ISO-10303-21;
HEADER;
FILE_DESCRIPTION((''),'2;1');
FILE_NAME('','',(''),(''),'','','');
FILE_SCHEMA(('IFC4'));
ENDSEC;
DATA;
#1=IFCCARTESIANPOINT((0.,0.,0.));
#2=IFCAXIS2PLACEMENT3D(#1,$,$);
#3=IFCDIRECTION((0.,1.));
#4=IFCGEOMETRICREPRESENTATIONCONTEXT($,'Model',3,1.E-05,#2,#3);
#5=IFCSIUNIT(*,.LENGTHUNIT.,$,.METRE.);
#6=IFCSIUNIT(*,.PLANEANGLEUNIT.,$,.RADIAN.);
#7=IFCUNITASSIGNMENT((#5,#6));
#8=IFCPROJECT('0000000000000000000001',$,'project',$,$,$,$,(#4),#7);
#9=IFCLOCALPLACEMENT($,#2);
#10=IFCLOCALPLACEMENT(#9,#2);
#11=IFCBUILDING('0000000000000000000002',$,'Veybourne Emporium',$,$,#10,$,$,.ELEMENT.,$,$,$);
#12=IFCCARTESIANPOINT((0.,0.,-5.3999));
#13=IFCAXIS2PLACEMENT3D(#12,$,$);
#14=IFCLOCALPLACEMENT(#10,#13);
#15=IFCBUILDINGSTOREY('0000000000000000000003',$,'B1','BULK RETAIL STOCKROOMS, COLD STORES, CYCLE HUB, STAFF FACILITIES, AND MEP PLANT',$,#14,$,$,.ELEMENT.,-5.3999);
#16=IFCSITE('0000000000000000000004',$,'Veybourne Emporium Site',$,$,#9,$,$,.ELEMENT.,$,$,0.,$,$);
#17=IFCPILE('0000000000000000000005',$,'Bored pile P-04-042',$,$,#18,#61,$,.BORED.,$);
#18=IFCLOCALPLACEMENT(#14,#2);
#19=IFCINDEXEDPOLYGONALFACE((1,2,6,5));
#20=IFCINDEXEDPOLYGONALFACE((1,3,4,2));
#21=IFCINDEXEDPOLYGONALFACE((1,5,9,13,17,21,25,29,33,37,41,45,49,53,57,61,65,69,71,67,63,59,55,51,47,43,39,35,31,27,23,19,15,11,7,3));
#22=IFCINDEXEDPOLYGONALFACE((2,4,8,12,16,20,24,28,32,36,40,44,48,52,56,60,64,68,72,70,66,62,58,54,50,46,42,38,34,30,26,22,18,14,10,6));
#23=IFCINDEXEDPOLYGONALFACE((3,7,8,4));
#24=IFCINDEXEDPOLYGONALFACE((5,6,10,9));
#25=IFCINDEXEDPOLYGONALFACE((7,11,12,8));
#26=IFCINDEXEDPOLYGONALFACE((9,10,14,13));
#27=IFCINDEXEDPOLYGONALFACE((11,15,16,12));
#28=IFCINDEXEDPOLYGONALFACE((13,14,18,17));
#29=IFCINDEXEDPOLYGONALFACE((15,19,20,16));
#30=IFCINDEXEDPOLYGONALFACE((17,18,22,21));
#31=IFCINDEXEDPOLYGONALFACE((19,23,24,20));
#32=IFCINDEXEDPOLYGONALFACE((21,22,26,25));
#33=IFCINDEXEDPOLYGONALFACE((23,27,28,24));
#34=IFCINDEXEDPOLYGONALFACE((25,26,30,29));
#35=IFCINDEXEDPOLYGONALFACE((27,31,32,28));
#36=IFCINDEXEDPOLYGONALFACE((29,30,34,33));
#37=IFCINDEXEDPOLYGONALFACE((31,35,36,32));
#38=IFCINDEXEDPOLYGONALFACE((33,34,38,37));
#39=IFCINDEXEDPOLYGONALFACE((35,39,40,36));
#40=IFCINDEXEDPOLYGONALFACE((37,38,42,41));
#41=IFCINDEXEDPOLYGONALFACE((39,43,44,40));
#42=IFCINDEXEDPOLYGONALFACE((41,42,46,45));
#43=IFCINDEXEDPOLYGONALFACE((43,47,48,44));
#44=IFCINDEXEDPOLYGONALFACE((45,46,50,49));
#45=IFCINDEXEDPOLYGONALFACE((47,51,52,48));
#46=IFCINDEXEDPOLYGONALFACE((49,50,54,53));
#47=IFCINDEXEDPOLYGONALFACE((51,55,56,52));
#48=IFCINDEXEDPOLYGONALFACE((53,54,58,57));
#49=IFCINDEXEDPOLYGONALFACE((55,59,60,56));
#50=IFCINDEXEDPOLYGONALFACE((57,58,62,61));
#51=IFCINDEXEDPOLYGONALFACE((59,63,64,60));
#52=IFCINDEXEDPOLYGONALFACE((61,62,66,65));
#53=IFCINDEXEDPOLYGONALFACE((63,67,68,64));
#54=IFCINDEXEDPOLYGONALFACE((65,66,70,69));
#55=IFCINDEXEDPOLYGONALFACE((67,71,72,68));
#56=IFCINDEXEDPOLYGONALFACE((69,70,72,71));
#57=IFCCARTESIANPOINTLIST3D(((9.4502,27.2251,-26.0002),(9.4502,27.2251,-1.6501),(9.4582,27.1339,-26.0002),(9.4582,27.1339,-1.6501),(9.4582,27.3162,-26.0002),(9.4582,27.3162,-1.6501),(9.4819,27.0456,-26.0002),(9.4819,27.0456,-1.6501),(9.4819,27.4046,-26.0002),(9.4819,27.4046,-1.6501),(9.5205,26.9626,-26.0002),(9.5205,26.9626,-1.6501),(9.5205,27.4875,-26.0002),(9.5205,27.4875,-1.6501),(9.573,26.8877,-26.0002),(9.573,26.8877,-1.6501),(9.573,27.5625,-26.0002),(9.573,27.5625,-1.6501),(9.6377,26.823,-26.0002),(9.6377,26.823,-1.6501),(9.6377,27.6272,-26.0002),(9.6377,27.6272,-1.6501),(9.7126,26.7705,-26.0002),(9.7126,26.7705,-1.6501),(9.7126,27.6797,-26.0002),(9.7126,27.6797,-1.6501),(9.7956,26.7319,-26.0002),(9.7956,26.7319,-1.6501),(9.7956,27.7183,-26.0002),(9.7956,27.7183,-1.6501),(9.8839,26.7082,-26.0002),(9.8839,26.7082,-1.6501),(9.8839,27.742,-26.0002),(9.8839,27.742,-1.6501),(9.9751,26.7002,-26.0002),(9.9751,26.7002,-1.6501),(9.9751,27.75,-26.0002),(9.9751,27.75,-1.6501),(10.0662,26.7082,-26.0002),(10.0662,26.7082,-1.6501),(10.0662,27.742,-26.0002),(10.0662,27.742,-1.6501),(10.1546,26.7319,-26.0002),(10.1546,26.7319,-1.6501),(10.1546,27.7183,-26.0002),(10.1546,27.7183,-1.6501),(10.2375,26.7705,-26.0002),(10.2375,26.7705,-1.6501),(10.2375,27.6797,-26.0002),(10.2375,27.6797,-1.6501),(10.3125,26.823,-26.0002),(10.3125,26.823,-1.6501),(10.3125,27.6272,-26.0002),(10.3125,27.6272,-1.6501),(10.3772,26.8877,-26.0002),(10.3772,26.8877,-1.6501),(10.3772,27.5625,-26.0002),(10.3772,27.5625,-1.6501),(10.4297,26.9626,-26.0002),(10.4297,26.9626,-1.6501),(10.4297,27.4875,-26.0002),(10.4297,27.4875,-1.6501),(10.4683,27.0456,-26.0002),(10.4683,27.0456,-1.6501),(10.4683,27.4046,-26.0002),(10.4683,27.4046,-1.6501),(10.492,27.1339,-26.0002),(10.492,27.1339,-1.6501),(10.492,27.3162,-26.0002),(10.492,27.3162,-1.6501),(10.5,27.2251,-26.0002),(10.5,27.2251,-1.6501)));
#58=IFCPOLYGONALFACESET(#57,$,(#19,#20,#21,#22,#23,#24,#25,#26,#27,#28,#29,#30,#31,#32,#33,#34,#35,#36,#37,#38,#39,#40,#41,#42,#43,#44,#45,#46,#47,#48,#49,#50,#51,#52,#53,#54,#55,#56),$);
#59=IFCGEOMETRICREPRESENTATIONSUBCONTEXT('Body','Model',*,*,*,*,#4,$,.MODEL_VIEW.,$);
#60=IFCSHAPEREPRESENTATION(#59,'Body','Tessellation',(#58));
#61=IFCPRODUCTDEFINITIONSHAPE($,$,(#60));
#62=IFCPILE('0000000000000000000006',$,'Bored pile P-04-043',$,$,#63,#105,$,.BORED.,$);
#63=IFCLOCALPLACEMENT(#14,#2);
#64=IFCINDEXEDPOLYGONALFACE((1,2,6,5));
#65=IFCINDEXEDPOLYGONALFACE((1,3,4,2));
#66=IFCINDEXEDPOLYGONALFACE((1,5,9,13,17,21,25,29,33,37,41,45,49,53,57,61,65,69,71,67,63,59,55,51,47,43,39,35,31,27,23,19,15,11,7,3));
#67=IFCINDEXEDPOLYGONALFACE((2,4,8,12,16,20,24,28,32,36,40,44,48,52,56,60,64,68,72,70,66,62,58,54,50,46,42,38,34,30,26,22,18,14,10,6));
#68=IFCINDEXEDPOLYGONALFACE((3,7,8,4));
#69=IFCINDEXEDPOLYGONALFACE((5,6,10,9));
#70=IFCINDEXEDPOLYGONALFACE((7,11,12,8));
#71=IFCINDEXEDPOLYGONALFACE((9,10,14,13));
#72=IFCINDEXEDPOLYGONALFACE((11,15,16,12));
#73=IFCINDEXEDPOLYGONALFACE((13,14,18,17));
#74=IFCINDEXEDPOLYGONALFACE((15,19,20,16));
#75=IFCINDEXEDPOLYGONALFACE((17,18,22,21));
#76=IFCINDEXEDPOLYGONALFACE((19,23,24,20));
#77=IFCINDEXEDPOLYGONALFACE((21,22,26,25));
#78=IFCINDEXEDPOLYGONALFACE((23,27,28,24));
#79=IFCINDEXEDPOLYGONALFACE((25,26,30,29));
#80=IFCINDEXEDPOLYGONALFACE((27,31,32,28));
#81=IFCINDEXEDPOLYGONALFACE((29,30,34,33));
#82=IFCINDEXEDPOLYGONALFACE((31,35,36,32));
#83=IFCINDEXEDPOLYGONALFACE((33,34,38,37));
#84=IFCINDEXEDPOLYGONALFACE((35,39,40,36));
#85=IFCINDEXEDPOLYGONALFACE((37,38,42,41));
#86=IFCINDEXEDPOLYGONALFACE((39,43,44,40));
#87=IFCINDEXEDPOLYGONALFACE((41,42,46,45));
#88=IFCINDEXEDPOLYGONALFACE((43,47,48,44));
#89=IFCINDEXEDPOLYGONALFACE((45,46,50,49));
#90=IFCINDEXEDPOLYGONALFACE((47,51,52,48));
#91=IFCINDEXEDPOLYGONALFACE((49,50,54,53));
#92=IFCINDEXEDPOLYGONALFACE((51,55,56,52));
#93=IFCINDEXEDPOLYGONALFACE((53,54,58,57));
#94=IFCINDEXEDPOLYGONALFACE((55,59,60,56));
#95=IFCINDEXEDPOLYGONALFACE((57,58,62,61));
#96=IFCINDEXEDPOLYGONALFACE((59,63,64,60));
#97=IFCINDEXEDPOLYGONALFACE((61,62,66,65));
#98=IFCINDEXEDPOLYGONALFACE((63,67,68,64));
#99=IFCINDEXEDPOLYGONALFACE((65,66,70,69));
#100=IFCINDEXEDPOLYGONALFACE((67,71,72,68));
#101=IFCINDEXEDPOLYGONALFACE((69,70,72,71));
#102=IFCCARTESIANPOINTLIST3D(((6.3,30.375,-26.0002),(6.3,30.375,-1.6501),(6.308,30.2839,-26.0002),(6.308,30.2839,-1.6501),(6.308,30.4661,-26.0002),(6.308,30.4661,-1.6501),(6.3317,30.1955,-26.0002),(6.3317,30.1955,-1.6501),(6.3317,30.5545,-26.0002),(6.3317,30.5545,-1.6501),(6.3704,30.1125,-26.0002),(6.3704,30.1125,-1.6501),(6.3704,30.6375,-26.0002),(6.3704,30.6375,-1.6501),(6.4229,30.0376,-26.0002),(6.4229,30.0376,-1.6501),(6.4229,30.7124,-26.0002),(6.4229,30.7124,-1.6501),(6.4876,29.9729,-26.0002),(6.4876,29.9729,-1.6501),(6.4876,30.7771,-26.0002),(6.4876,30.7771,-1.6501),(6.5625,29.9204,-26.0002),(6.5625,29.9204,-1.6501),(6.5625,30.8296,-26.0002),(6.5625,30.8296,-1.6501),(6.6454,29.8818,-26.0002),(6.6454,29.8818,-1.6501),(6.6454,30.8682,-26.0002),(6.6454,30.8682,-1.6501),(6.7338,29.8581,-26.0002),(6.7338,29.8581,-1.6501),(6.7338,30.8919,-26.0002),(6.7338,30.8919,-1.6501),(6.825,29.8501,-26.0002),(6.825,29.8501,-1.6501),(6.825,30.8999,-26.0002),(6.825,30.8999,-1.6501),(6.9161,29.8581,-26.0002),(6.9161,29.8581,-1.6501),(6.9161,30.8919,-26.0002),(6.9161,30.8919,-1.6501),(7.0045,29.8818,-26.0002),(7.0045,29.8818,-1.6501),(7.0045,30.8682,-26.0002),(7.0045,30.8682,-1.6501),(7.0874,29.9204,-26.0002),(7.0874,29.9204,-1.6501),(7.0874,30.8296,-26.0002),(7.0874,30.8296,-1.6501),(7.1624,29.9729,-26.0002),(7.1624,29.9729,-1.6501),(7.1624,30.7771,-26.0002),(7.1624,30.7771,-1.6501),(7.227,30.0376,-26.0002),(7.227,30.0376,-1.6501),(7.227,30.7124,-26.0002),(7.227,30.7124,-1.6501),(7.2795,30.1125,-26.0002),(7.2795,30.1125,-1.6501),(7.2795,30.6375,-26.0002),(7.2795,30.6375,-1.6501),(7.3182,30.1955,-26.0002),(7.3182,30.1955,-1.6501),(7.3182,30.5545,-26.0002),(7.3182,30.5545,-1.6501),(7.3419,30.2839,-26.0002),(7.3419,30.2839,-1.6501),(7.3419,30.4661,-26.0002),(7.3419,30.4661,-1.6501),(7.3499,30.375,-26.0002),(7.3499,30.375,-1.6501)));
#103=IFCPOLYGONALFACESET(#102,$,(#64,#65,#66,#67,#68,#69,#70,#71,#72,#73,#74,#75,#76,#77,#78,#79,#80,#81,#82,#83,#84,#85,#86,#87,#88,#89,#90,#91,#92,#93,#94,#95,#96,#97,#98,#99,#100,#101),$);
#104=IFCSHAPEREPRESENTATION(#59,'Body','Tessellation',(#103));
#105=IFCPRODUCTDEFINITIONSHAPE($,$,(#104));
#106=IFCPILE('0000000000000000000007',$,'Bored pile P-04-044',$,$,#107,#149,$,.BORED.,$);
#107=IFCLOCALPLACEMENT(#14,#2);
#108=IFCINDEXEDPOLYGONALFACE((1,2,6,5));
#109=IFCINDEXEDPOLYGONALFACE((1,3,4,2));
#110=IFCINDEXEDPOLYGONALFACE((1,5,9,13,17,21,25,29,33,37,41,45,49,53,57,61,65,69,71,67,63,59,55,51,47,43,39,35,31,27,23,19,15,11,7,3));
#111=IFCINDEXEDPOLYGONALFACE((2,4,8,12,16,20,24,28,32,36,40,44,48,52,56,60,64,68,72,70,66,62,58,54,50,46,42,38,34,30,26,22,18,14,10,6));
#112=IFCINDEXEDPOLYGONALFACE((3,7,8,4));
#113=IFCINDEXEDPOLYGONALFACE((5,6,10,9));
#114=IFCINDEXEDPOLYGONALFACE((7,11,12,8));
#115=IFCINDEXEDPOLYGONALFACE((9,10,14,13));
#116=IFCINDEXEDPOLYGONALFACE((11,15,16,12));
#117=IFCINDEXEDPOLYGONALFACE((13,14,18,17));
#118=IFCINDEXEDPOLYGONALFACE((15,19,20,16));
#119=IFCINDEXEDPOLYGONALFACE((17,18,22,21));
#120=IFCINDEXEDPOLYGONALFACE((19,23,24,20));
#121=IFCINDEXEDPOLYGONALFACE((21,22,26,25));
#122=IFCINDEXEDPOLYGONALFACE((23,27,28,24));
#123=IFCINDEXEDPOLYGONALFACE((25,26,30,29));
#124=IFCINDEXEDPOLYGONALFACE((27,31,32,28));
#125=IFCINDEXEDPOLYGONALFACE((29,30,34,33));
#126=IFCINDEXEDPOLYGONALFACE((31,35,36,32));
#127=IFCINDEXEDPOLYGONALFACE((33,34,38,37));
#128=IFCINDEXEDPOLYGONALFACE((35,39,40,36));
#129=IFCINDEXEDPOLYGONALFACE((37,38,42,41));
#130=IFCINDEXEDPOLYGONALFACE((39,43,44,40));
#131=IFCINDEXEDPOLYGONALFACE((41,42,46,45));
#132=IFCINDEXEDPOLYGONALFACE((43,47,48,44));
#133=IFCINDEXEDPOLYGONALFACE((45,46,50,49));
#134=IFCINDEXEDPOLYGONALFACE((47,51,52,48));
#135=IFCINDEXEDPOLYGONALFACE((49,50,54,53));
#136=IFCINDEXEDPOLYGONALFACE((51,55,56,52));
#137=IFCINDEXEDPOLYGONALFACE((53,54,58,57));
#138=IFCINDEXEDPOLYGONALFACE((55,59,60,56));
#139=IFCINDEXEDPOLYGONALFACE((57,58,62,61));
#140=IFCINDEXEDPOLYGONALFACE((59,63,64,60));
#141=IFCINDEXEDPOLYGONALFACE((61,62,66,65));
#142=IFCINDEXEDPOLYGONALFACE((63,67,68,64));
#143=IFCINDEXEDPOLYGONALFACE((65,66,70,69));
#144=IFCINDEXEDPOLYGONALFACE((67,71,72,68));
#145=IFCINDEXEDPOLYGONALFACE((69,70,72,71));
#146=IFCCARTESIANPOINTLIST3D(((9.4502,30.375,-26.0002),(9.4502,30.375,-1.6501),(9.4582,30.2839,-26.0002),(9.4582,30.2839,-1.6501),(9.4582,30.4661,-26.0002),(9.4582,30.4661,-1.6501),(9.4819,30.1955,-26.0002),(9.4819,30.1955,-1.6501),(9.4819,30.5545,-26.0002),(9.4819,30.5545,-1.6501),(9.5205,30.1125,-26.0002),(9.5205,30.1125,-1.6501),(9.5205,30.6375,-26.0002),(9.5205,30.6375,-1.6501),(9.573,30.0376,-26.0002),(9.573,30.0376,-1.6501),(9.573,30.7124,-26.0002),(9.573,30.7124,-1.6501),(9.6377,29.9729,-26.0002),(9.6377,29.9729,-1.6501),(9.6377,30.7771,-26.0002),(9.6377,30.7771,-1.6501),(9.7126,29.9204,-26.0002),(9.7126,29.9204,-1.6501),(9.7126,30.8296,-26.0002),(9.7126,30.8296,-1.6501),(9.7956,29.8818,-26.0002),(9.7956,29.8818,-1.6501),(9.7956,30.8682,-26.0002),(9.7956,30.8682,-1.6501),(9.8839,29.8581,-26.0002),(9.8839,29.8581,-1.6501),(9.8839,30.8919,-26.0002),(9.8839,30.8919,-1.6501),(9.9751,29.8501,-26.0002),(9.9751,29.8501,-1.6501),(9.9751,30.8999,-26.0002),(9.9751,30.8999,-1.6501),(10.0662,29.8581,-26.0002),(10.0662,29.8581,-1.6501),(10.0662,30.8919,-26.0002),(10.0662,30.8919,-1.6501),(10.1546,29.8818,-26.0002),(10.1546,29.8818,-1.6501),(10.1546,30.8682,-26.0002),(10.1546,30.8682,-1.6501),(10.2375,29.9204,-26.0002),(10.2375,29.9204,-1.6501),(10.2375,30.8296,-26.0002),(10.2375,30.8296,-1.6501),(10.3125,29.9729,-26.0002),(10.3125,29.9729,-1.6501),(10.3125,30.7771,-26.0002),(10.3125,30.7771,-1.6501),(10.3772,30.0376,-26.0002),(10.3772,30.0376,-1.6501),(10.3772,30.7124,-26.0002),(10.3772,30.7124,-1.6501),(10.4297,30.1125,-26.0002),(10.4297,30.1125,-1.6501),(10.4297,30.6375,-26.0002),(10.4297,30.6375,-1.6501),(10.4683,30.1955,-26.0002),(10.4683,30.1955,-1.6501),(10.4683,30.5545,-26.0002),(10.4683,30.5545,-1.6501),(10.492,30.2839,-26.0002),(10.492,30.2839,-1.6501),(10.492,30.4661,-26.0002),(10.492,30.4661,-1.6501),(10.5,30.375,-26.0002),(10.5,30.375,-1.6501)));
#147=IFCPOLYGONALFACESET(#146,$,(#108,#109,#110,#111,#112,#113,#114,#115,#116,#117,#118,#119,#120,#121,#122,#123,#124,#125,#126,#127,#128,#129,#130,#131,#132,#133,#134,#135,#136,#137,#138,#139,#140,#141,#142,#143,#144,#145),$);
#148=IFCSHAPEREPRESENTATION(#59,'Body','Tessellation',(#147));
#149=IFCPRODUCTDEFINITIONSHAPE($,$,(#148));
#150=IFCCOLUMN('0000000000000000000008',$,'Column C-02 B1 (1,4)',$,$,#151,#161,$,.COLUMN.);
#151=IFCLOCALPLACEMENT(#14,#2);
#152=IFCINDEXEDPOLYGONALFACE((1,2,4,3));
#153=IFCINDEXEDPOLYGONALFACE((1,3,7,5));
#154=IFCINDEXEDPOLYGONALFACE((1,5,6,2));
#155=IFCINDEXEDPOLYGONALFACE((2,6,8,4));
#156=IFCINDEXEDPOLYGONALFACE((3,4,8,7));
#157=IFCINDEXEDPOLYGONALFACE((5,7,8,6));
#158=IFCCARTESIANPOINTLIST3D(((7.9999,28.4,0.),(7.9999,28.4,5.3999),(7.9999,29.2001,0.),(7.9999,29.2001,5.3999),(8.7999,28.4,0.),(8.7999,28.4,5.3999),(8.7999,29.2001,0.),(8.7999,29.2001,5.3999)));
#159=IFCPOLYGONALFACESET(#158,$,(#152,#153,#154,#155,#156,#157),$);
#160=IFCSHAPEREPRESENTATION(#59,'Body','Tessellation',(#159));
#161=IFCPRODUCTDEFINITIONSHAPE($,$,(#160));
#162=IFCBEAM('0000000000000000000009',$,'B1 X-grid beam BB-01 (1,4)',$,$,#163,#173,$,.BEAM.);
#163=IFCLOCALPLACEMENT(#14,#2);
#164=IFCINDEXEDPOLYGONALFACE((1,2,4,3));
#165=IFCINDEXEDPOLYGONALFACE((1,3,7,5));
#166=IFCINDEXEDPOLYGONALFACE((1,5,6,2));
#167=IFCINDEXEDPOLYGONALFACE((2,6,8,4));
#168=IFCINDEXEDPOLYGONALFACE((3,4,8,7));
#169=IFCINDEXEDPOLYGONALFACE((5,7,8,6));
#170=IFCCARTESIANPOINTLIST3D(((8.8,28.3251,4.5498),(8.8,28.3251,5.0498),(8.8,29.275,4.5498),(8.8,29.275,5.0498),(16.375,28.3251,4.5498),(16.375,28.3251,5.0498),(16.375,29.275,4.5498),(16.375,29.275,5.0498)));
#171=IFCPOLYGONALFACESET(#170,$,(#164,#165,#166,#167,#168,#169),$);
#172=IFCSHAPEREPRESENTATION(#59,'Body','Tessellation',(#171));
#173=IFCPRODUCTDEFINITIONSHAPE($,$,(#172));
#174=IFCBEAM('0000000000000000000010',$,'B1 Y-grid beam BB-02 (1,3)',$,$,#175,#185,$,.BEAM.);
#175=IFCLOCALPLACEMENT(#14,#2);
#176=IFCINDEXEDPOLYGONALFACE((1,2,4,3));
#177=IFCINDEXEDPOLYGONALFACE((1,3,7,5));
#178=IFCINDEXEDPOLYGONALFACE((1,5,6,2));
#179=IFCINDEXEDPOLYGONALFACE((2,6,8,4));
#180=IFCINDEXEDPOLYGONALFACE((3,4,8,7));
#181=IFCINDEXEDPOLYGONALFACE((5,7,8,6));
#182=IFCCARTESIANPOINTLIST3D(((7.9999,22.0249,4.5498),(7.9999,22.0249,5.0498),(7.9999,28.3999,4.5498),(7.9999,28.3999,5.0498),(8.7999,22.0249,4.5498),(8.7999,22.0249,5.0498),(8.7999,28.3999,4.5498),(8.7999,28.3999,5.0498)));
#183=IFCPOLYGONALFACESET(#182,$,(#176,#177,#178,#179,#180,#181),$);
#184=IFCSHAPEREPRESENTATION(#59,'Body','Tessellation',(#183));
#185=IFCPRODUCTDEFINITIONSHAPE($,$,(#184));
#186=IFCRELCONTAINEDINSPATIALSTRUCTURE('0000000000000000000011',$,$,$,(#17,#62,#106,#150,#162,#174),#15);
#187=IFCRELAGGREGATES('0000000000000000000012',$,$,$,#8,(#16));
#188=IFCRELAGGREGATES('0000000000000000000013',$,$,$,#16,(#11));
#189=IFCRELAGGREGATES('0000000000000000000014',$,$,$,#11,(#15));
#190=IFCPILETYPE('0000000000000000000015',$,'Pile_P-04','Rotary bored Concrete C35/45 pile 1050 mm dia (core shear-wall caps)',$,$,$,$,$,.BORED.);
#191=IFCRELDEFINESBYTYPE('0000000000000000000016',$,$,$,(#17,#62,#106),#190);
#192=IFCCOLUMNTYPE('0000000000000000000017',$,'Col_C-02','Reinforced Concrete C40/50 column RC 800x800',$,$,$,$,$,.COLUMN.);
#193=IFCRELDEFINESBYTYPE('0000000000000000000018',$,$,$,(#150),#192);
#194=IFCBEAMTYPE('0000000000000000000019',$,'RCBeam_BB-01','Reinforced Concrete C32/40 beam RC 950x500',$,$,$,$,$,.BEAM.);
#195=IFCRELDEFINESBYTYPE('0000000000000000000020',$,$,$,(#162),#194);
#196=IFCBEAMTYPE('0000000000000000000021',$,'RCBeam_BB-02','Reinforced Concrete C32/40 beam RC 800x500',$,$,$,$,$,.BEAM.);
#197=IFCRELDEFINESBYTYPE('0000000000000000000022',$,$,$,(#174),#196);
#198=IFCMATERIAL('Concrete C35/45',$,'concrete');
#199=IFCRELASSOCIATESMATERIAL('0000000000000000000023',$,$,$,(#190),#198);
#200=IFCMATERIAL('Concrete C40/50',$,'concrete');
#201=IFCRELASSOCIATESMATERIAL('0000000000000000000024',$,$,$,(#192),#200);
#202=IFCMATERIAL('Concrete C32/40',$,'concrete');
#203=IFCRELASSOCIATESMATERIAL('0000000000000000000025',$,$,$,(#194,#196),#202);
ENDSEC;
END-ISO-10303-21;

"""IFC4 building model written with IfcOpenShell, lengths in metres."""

from ifc_helpers import new_model, si_unit, direction, frame, origin, origin_2d, place, context, subcontext, project, spatial, rectangle, circle, extrude, material, material_profile, profile_set, type_object, element, save


model = new_model("IFC4")

# Units and contexts
model_context = context("Model", 3, precision=1e-05, world=origin(), true_north=direction((0.0, 1.0)))
body_context = subcontext(model_context, "Body", "Model", "MODEL_VIEW")
ifc_project = project(units=[si_unit("LENGTHUNIT", "METRE"), si_unit("PLANEANGLEUNIT", "RADIAN")], contexts=[model_context])

# Site, building, storey
site_placement = place(None, origin())
site = spatial("IfcSite", under=ifc_project, at=site_placement, Name="Veybourne Emporium Site", CompositionType="ELEMENT", RefElevation=0.0)
building_placement = place(site_placement, origin())
building = spatial("IfcBuilding", under=site, at=building_placement, Name="Veybourne Emporium", CompositionType="ELEMENT")
storey_placement = place(building_placement, frame((0.0, 0.0, -5.3999)))
storey = spatial("IfcBuildingStorey", under=building, at=storey_placement, Name="B1", Description="BULK RETAIL STOCKROOMS, COLD STORES, CYCLE HUB, STAFF FACILITIES, AND MEP PLANT", CompositionType="ELEMENT", Elevation=-5.3999)

# Shared definitions
ifc_material_1 = material(Name="Concrete C35/45", Category="concrete")

# Piles
ifc_material_profile_1 = material_profile(ifc_material_1, circle(Radius=0.5249, at=origin_2d()), Name="BORED PILE 1050")
ifc_profile_set_1 = profile_set([ifc_material_profile_1], Name="Concrete C35/45")
pile_type_1 = type_object("IfcPileType", Name="Pile_P-04", Description="Rotary bored Concrete C35/45 pile 1050 mm dia (core shear-wall caps)", PredefinedType="BORED", material=ifc_profile_set_1)
for number, where, z_axis, x_axis, name in (
    (1, (9.9751, 27.2251, -1.6501), (0.0, 0.0, -1.0), (1.0, 0.0, 0.0), "Bored pile P-04-042"),
    (2, (6.825, 30.375, -1.6501), (0.0, 0.0, -1.0), (1.0, 0.0, 0.0), "Bored pile P-04-043"),
    (3, (9.9751, 30.375, -1.6501), (0.0, 0.0, -1.0), (1.0, 0.0, 0.0), "Bored pile P-04-044"),
):
    element("IfcPile", number, at=place(storey_placement, frame(where, z_axis=z_axis, x_axis=x_axis)), inside=storey, type_object=pile_type_1, Name=name, PredefinedType="BORED", context=body_context, shape_type="SweptSolid", body=[
        extrude(circle(Radius=0.5249, at=origin_2d()), origin(), (0.0, 0.0, 1.0), 24.3501),
    ])

# Column
ifc_material_2 = material(Name="Concrete C40/50", Category="concrete")
ifc_material_profile_2 = material_profile(ifc_material_2, rectangle(XDim=0.8, YDim=0.8, at=origin_2d()), Name="RC 800x800")
ifc_profile_set_2 = profile_set([ifc_material_profile_2], Name="Concrete C40/50")
column_type = type_object("IfcColumnType", Name="Col_C-02", Description="Reinforced Concrete C40/50 column RC 800x800", PredefinedType="COLUMN", material=ifc_profile_set_2)
column_placement = place(storey_placement, frame((8.3999, 28.8, 0.0), z_axis=(0.0, 0.0, 1.0), x_axis=(1.0, 0.0, 0.0)))
element("IfcColumn", 4, at=column_placement, inside=storey, type_object=column_type, Name="Column C-02 B1 (1,4)", PredefinedType="COLUMN", context=body_context, shape_type="SweptSolid", body=[
    extrude(rectangle(XDim=0.8, YDim=0.8, at=origin_2d()), origin(), (0.0, 0.0, 1.0), 5.3999),
])

# Beams
ifc_material_3 = material(Name="Concrete C32/40", Category="concrete")
ifc_material_profile_3 = material_profile(ifc_material_3, rectangle(XDim=0.95, YDim=0.5, at=origin_2d()), Name="RC 950x500")
ifc_profile_set_3 = profile_set([ifc_material_profile_3], Name="Concrete C32/40")
beam_type_1 = type_object("IfcBeamType", Name="RCBeam_BB-01", Description="Reinforced Concrete C32/40 beam RC 950x500", PredefinedType="BEAM", material=ifc_profile_set_3)
beam_1_placement = place(storey_placement, frame((8.8, 28.8, 4.7998), z_axis=(1.0, 0.0, 0.0), x_axis=(0.0, 1.0, 0.0)))
element("IfcBeam", 5, at=beam_1_placement, inside=storey, type_object=beam_type_1, Name="B1 X-grid beam BB-01 (1,4)", PredefinedType="BEAM", context=body_context, shape_type="SweptSolid", body=[
    extrude(rectangle(XDim=0.95, YDim=0.5, at=origin_2d()), origin(), (0.0, 0.0, 1.0), 7.575),
])
ifc_material_profile_4 = material_profile(ifc_material_3, rectangle(XDim=0.8, YDim=0.5, at=origin_2d()), Name="RC 800x500")
ifc_profile_set_4 = profile_set([ifc_material_profile_4], Name="Concrete C32/40")
beam_type_2 = type_object("IfcBeamType", Name="RCBeam_BB-02", Description="Reinforced Concrete C32/40 beam RC 800x500", PredefinedType="BEAM", material=ifc_profile_set_4)
beam_2_placement = place(storey_placement, frame((8.3999, 22.0249, 4.7998), z_axis=(0.0, 1.0, 0.0), x_axis=(-1.0, 0.0, 0.0)))
element("IfcBeam", 6, at=beam_2_placement, inside=storey, type_object=beam_type_2, Name="B1 Y-grid beam BB-02 (1,3)", PredefinedType="BEAM", context=body_context, shape_type="SweptSolid", body=[
    extrude(rectangle(XDim=0.8, YDim=0.5, at=origin_2d()), origin(), (0.0, 0.0, 1.0), 6.375),
])

save(model, "model.ifc")
